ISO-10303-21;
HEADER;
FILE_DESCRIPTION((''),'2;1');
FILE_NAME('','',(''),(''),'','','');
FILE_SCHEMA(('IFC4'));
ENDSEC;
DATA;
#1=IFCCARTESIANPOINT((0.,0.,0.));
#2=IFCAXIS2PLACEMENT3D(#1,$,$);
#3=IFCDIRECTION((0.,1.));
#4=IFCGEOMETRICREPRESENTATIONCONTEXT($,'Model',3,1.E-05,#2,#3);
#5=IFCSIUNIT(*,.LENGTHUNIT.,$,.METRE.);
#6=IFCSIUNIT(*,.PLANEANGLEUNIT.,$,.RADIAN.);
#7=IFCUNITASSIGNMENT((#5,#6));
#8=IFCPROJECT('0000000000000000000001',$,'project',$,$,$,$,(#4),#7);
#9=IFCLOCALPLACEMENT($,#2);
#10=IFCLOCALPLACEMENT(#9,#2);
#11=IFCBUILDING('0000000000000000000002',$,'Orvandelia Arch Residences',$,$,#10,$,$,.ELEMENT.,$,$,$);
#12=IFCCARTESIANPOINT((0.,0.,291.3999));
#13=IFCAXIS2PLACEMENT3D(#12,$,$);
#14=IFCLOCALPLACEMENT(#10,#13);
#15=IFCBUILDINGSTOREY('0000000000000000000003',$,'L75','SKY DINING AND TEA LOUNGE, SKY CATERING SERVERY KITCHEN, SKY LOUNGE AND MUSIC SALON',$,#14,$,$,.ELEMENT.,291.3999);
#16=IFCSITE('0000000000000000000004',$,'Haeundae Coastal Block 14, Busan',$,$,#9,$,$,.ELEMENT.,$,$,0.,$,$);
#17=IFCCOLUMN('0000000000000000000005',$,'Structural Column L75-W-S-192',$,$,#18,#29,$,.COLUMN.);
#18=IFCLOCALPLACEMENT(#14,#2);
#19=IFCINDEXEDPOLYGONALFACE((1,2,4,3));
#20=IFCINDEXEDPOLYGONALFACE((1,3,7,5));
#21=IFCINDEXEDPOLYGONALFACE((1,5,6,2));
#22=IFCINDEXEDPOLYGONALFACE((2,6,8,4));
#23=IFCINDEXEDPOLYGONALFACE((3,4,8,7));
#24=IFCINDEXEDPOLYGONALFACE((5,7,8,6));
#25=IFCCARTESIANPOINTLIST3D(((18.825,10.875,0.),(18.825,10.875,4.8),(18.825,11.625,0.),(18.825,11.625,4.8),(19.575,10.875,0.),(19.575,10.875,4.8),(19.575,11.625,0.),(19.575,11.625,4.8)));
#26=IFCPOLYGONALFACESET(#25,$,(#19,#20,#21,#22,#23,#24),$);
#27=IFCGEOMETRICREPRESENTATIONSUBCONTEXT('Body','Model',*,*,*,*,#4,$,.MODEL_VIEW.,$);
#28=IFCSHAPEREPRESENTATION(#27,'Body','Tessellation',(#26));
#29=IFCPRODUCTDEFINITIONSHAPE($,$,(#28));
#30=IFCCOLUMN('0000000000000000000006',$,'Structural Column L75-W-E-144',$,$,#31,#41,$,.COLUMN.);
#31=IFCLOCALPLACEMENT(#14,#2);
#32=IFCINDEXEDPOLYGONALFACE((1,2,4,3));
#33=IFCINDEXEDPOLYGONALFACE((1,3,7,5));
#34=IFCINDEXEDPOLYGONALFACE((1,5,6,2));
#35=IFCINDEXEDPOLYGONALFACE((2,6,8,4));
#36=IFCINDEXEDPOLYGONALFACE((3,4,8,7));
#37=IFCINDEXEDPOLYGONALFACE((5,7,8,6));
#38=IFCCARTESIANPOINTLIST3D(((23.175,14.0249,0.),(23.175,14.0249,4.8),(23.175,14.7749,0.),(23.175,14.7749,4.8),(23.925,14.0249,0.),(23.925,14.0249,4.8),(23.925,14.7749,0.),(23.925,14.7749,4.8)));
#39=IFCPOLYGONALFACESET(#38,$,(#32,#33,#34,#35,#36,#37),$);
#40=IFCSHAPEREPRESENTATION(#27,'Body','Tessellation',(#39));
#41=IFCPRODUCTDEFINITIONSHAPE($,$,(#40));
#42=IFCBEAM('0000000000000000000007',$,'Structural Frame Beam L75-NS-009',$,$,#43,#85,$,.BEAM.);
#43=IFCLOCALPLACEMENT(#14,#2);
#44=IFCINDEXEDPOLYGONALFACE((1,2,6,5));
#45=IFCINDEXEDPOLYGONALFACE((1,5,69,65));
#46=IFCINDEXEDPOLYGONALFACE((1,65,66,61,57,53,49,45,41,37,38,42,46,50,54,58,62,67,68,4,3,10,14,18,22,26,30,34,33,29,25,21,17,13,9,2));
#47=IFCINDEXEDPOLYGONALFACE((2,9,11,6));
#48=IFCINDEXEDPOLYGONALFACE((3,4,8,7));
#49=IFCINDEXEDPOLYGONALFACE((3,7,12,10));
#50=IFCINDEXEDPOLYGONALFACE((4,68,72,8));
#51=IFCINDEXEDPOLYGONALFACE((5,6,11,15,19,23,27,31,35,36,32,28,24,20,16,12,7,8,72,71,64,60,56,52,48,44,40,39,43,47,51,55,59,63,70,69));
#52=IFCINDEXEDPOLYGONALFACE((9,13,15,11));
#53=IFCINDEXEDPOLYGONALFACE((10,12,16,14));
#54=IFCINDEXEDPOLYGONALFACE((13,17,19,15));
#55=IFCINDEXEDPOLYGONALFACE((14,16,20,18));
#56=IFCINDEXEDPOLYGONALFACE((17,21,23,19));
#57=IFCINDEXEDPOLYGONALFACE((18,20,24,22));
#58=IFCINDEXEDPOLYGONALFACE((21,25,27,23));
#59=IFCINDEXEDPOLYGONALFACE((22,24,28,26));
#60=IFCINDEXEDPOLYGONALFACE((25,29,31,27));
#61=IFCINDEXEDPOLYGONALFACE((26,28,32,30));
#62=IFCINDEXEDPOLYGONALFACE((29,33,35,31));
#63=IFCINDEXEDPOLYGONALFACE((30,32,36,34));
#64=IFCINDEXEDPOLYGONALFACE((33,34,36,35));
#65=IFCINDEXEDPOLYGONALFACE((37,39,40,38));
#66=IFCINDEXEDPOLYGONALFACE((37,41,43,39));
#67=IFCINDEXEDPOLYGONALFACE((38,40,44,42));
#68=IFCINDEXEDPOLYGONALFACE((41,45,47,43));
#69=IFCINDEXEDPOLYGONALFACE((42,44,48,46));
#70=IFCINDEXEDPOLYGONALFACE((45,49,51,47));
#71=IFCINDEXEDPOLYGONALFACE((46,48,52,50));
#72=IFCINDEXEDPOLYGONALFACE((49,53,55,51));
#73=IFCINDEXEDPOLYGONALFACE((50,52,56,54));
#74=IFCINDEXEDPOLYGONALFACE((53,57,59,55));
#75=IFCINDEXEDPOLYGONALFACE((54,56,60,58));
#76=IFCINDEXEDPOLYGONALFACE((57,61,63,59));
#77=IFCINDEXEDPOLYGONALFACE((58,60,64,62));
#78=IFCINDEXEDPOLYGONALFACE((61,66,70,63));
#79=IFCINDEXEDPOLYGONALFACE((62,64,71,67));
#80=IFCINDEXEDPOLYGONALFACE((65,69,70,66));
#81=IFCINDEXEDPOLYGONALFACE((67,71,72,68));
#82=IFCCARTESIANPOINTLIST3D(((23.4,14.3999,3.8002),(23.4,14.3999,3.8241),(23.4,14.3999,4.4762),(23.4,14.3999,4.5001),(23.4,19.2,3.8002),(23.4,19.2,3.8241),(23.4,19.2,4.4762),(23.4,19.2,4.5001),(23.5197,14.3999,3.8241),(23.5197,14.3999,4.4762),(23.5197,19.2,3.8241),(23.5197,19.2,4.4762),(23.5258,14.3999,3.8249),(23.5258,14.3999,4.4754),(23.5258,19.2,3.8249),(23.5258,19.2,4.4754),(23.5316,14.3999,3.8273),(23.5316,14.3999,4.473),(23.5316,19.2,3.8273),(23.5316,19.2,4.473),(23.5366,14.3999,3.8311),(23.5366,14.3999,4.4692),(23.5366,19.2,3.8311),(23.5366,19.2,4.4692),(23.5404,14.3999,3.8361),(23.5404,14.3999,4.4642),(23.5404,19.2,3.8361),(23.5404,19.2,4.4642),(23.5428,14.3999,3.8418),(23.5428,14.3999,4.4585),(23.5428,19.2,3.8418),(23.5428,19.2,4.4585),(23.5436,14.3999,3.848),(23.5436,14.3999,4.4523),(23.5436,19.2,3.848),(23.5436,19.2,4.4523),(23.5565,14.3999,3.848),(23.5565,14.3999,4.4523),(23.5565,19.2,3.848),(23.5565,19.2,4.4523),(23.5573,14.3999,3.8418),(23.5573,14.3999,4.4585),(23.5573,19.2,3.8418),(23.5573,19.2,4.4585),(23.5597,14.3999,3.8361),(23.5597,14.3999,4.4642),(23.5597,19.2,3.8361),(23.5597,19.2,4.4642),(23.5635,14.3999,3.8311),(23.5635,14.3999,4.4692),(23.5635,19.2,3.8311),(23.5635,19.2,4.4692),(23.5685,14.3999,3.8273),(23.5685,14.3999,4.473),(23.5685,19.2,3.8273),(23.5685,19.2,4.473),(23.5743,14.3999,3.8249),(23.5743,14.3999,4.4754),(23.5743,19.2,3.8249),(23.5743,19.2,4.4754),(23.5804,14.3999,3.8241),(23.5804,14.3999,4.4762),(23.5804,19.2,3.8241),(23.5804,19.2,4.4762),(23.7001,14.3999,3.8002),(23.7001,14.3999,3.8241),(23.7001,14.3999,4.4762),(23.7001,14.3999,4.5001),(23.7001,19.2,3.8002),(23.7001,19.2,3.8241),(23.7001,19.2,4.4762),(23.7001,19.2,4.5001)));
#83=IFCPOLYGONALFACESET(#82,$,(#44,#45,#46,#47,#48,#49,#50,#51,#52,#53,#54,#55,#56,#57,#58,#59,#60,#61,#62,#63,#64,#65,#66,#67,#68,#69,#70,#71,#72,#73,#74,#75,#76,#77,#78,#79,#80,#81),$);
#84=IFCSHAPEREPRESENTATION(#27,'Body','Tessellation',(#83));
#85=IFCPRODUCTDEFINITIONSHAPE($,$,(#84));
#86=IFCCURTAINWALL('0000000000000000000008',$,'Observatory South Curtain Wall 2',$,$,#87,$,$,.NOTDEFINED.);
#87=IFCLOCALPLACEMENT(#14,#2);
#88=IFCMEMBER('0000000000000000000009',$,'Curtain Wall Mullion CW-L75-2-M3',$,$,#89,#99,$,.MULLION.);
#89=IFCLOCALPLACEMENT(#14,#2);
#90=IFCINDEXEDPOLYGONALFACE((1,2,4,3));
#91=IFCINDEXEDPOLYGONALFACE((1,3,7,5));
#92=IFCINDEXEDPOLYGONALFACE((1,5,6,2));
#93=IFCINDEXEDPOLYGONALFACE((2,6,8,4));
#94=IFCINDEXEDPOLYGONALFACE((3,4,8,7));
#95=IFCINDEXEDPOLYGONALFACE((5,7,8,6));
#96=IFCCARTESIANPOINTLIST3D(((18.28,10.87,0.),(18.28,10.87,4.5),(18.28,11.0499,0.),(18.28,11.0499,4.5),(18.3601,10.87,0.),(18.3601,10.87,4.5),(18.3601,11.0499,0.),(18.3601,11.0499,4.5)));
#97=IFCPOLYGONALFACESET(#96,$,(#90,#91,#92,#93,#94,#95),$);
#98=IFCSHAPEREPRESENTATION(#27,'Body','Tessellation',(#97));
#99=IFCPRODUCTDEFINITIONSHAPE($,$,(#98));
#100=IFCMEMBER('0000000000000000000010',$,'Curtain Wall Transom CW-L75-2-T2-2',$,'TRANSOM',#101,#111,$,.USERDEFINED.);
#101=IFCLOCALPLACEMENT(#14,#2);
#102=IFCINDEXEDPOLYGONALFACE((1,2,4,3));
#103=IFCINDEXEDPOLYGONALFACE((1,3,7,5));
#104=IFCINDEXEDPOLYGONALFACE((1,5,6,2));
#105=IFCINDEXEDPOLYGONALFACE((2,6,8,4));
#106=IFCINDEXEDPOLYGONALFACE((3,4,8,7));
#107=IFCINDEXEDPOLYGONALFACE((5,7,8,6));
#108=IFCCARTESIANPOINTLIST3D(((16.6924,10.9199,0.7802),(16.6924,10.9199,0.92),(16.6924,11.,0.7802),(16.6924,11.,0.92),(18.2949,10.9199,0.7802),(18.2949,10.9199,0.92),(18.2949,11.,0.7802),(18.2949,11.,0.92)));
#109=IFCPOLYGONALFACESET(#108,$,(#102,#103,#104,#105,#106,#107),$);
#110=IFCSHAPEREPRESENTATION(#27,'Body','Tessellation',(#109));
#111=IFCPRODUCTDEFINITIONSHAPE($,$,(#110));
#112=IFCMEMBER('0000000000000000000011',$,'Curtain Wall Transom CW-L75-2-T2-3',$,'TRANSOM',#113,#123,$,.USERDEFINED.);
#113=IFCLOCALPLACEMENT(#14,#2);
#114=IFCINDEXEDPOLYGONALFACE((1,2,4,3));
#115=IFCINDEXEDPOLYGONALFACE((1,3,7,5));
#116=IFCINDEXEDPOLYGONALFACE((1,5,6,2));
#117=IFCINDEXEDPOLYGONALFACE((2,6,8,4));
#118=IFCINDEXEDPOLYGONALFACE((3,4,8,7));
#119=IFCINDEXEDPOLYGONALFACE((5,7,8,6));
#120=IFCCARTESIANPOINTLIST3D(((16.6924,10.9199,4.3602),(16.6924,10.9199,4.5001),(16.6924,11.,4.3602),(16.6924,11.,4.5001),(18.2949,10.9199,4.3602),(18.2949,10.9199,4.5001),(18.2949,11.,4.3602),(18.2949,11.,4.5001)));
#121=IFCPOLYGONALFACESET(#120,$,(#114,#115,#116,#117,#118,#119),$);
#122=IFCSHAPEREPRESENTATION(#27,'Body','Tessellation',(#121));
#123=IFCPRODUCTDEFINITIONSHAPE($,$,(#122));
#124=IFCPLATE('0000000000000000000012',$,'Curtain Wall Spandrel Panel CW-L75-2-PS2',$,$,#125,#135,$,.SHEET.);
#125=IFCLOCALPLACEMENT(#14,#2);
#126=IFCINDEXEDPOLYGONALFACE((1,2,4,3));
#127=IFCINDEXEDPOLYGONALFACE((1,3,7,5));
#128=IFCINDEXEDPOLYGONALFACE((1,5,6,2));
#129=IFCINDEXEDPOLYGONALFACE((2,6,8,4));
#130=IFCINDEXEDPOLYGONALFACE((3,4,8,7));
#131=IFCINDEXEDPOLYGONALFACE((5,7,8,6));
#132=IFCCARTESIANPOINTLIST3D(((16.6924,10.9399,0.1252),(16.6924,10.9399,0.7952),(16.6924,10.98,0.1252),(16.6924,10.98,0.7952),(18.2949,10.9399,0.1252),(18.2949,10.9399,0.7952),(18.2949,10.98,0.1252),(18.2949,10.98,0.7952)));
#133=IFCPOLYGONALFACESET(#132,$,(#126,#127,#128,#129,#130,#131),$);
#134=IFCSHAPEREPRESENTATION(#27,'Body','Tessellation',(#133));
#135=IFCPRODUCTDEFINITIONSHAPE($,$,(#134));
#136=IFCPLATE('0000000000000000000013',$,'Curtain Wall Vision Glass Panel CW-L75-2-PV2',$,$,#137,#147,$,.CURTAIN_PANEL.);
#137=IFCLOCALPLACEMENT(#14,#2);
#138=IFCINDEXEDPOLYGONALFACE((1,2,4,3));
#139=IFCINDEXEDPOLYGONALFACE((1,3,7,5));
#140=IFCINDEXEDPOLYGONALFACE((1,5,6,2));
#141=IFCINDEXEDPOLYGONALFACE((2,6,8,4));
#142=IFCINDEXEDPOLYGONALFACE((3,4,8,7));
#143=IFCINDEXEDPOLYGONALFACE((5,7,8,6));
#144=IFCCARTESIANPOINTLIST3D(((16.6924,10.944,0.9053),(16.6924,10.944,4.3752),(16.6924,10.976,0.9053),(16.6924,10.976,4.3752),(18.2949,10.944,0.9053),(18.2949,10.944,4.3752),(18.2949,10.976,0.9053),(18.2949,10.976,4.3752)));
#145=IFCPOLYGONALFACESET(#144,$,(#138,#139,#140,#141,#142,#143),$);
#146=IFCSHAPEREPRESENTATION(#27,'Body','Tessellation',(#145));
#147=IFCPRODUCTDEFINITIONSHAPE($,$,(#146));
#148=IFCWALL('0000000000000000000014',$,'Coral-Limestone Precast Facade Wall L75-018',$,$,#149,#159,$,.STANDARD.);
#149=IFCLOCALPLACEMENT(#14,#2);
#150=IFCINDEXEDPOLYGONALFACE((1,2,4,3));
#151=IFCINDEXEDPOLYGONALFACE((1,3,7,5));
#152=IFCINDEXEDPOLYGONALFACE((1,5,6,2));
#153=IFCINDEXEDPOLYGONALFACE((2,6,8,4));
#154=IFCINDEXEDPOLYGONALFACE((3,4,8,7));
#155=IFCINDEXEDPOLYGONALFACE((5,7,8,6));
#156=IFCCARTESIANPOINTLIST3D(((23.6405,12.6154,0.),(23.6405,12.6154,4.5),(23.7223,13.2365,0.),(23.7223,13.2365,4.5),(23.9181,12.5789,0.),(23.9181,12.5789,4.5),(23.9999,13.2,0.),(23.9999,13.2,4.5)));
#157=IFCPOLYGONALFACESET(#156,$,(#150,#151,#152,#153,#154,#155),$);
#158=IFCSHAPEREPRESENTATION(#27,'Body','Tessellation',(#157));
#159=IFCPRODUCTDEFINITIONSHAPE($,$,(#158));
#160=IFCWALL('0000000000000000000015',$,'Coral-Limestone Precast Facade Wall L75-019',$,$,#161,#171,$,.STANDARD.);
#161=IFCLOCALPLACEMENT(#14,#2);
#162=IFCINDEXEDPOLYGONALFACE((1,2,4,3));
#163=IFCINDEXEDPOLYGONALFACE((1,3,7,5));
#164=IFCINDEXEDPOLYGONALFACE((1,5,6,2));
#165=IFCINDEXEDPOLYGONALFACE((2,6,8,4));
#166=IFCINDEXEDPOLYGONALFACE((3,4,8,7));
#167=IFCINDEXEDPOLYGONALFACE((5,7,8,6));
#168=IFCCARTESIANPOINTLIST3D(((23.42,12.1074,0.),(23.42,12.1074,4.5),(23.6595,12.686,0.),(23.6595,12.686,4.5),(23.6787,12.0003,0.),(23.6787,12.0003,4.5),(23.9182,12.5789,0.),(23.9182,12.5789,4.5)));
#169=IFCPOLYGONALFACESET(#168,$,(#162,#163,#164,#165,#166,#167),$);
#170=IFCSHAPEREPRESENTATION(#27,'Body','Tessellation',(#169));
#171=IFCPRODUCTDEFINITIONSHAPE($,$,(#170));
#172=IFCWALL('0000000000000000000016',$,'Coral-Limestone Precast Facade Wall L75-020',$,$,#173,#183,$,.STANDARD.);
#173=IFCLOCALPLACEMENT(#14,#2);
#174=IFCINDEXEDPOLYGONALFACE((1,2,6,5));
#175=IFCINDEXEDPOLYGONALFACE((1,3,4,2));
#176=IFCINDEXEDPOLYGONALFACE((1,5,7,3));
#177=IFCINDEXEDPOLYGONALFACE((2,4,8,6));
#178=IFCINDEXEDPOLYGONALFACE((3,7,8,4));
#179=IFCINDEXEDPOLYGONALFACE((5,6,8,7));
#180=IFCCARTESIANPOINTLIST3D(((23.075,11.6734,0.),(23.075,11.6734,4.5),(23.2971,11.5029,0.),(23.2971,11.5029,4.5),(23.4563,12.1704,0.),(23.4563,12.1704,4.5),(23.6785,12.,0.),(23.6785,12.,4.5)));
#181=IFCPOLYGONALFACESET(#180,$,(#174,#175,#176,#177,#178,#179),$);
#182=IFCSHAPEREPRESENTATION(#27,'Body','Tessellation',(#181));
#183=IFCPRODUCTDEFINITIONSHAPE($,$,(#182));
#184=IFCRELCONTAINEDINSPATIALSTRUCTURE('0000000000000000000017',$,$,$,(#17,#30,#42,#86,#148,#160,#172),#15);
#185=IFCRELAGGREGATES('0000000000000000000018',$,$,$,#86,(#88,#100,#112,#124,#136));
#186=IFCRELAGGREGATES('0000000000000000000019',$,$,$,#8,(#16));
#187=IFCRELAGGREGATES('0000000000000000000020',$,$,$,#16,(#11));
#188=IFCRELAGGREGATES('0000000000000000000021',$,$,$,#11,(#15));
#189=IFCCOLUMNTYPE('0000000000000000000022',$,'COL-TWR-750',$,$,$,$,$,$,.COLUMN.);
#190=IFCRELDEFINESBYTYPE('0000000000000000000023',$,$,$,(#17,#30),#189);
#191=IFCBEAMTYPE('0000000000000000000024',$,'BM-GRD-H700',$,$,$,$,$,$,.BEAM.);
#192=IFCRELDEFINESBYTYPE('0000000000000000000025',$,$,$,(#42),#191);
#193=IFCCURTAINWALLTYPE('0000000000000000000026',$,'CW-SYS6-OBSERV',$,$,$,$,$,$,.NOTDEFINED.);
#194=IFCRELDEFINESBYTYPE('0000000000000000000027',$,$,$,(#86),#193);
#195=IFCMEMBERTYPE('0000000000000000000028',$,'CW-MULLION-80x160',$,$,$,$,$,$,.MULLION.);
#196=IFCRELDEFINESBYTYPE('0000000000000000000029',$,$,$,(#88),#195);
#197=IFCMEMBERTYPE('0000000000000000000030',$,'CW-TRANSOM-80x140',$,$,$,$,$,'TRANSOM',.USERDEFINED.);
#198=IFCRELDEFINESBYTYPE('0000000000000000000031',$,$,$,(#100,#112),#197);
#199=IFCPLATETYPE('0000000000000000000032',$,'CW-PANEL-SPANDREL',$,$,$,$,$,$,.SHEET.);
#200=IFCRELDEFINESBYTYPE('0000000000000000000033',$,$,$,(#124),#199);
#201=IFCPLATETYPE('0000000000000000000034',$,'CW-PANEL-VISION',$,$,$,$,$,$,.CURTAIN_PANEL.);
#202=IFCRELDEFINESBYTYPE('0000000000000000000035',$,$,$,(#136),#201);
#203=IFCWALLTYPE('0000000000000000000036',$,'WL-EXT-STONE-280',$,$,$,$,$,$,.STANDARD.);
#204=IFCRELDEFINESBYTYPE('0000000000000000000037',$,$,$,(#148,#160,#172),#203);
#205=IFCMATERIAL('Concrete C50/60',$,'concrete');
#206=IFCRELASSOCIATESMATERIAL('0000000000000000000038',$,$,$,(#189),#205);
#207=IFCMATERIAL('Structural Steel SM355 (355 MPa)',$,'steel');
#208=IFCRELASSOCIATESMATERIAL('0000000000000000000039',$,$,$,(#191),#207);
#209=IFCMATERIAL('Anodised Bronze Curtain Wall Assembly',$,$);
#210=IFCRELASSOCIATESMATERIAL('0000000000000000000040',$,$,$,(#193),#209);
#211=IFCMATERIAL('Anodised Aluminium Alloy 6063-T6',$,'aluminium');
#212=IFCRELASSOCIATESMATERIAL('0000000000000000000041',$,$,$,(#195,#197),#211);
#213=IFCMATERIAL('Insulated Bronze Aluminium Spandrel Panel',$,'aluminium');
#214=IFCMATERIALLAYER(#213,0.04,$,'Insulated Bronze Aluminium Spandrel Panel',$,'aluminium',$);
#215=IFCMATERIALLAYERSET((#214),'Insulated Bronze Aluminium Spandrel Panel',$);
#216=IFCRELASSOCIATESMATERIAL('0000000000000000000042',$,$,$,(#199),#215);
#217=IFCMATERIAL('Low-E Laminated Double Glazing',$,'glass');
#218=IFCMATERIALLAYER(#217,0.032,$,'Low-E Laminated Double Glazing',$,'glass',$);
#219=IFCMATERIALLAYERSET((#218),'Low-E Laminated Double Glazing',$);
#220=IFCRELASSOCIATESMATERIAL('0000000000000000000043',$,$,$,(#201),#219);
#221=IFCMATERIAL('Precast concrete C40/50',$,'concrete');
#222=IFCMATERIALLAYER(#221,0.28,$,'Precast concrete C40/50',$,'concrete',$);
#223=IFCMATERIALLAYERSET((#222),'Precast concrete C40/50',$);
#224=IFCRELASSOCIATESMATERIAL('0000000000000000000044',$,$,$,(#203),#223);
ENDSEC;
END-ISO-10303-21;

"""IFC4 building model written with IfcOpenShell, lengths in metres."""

from ifc_helpers import new_model, si_unit, direction, frame, frame_2d, origin, origin_2d, place, context, subcontext, project, spatial, rectangle, i_section, extrude, material, layer, layer_set, material_profile, profile_set, type_object, element, aggregate, save


model = new_model("IFC4")

# Units and contexts
model_context = context("Model", 3, precision=1e-05, world=origin(), true_north=direction((0.0, 1.0)))
body_context = subcontext(model_context, "Body", "Model", "MODEL_VIEW")
ifc_project = project(units=[si_unit("LENGTHUNIT", "METRE"), si_unit("PLANEANGLEUNIT", "RADIAN")], contexts=[model_context])

# Site, building, storey
site_placement = place(None, origin())
site = spatial("IfcSite", under=ifc_project, at=site_placement, Name="Haeundae Coastal Block 14, Busan", CompositionType="ELEMENT", RefElevation=0.0)
building_placement = place(site_placement, origin())
building = spatial("IfcBuilding", under=site, at=building_placement, Name="Orvandelia Arch Residences", CompositionType="ELEMENT")
storey_placement = place(building_placement, frame((0.0, 0.0, 291.3999)))
storey = spatial("IfcBuildingStorey", under=building, at=storey_placement, Name="L75", Description="SKY DINING AND TEA LOUNGE, SKY CATERING SERVERY KITCHEN, SKY LOUNGE AND MUSIC SALON", CompositionType="ELEMENT", Elevation=291.3999)

# Columns
ifc_material_1 = material(Name="Concrete C50/60", Category="concrete")
ifc_material_profile_1 = material_profile(ifc_material_1, rectangle(XDim=0.75, YDim=0.75, at=origin_2d()), Name="Concrete C50/60", Category="concrete")
ifc_profile_set_1 = profile_set([ifc_material_profile_1], Name="Concrete C50/60")
column_type = type_object("IfcColumnType", Name="COL-TWR-750", PredefinedType="COLUMN", material=ifc_profile_set_1)
for number, where, z_axis, x_axis, name in (
    (1, (19.2, 11.25, 0.0), (0.0, 0.0, 1.0), (1.0, 0.0, 0.0), "Structural Column L75-W-S-192"),
    (2, (23.55, 14.3999, 0.0), (0.0, 0.0, 1.0), (1.0, 0.0, 0.0), "Structural Column L75-W-E-144"),
):
    element("IfcColumn", number, at=place(storey_placement, frame(where, z_axis=z_axis, x_axis=x_axis)), inside=storey, type_object=column_type, Name=name, PredefinedType="COLUMN", context=body_context, shape_type="SweptSolid", body=[
        extrude(rectangle(XDim=0.75, YDim=0.75, at=origin_2d()), origin(), (0.0, 0.0, 1.0), 4.8),
    ])

# Beam
ifc_material_2 = material(Name="Structural Steel SM355 (355 MPa)", Category="steel")
ifc_material_profile_2 = material_profile(ifc_material_2, i_section(OverallWidth=0.3, OverallDepth=0.7, WebThickness=0.0129, FlangeThickness=0.0239, FilletRadius=0.0239, at=origin_2d()), Name="Structural Steel SM355 (355 MPa)", Category="steel")
ifc_profile_set_2 = profile_set([ifc_material_profile_2], Name="Structural Steel SM355 (355 MPa)")
beam_type = type_object("IfcBeamType", Name="BM-GRD-H700", PredefinedType="BEAM", material=ifc_profile_set_2)
beam_placement = place(storey_placement, frame((23.55, 14.3999, 4.1501), z_axis=(0.0, 1.0, 0.0), x_axis=(-1.0, 0.0, 0.0)))
element("IfcBeam", 3, at=beam_placement, inside=storey, type_object=beam_type, Name="Structural Frame Beam L75-NS-009", PredefinedType="BEAM", context=body_context, shape_type="SweptSolid", body=[
    extrude(i_section(OverallWidth=0.3, OverallDepth=0.7, WebThickness=0.0129, FlangeThickness=0.0239, FilletRadius=0.0239, at=origin_2d()), origin(), (0.0, 0.0, 1.0), 4.8),
])

# Curtain wall, members, plates
ifc_material_3 = material(Name="Anodised Bronze Curtain Wall Assembly")
curtain_wall_type = type_object("IfcCurtainWallType", Name="CW-SYS6-OBSERV", PredefinedType="NOTDEFINED", material=ifc_material_3)
curtain_wall_placement = place(storey_placement, origin())
curtain_wall = element("IfcCurtainWall", 4, at=curtain_wall_placement, inside=storey, type_object=curtain_wall_type, Name="Observatory South Curtain Wall 2", PredefinedType="NOTDEFINED")
ifc_material_4 = material(Name="Anodised Aluminium Alloy 6063-T6", Category="aluminium")
ifc_material_profile_3 = material_profile(ifc_material_4, rectangle(XDim=0.0801, YDim=0.1799, at=origin_2d()), Name="Anodised Aluminium Alloy 6063-T6", Category="aluminium")
ifc_profile_set_3 = profile_set([ifc_material_profile_3], Name="Anodised Aluminium Alloy 6063-T6")
member_type_1 = type_object("IfcMemberType", Name="CW-MULLION-80x160", PredefinedType="MULLION", material=ifc_profile_set_3)
member_1_placement = place(storey_placement, frame((18.3201, 10.96, 0.0), z_axis=(0.0, 0.0, 1.0), x_axis=(1.0, 0.0, 0.0)))
member_1 = element("IfcMember", 5, at=member_1_placement, type_object=member_type_1, Name="Curtain Wall Mullion CW-L75-2-M3", PredefinedType="MULLION", context=body_context, shape_type="SweptSolid", body=[
    extrude(rectangle(XDim=0.0801, YDim=0.1799, at=origin_2d()), origin(), (0.0, 0.0, 1.0), 4.5),
])
ifc_material_profile_4 = material_profile(ifc_material_4, rectangle(XDim=0.0801, YDim=0.1399, at=origin_2d()), Name="Anodised Aluminium Alloy 6063-T6", Category="aluminium")
ifc_profile_set_4 = profile_set([ifc_material_profile_4], Name="Anodised Aluminium Alloy 6063-T6")
member_type_2 = type_object("IfcMemberType", Name="CW-TRANSOM-80x140", ElementType="TRANSOM", PredefinedType="USERDEFINED", material=ifc_profile_set_4)
member_2_placement = place(storey_placement, frame((16.6924, 10.96, 0.8501), z_axis=(1.0, 0.0, 0.0), x_axis=(0.0, 1.0, 0.0)))
member_2 = element("IfcMember", 6, at=member_2_placement, type_object=member_type_2, Name="Curtain Wall Transom CW-L75-2-T2-2", ObjectType="TRANSOM", PredefinedType="USERDEFINED", context=body_context, shape_type="SweptSolid", body=[
    extrude(rectangle(XDim=0.0801, YDim=0.1399, at=origin_2d()), origin(), (0.0, 0.0, 1.0), 1.6025),
])
member_3_placement = place(storey_placement, frame((16.6924, 10.96, 4.4302), z_axis=(1.0, 0.0, 0.0), x_axis=(0.0, 1.0, 0.0)))
member_3 = element("IfcMember", 7, at=member_3_placement, type_object=member_type_2, Name="Curtain Wall Transom CW-L75-2-T2-3", ObjectType="TRANSOM", PredefinedType="USERDEFINED", context=body_context, shape_type="SweptSolid", body=[
    extrude(rectangle(XDim=0.0801, YDim=0.1399, at=origin_2d()), origin(), (0.0, 0.0, 1.0), 1.6025),
])
ifc_material_5 = material(Name="Insulated Bronze Aluminium Spandrel Panel", Category="aluminium")
ifc_layer_1 = layer(ifc_material_5, 0.04, Name="Insulated Bronze Aluminium Spandrel Panel", Category="aluminium")
ifc_layer_set_1 = layer_set([ifc_layer_1], Name="Insulated Bronze Aluminium Spandrel Panel")
plate_type_1 = type_object("IfcPlateType", Name="CW-PANEL-SPANDREL", PredefinedType="SHEET", material=ifc_layer_set_1)
plate_1_placement = place(storey_placement, frame((17.4937, 10.96, 0.1252), z_axis=(0.0, 0.0, 1.0), x_axis=(1.0, 0.0, 0.0)))
plate_1 = element("IfcPlate", 8, at=plate_1_placement, type_object=plate_type_1, Name="Curtain Wall Spandrel Panel CW-L75-2-PS2", PredefinedType="SHEET", context=body_context, shape_type="SweptSolid", body=[
    extrude(rectangle(XDim=1.6025, YDim=0.04, at=origin_2d()), origin(), (0.0, 0.0, 1.0), 0.6699),
])
ifc_material_6 = material(Name="Low-E Laminated Double Glazing", Category="glass")
ifc_layer_2 = layer(ifc_material_6, 0.032, Name="Low-E Laminated Double Glazing", Category="glass")
ifc_layer_set_2 = layer_set([ifc_layer_2], Name="Low-E Laminated Double Glazing")
plate_type_2 = type_object("IfcPlateType", Name="CW-PANEL-VISION", PredefinedType="CURTAIN_PANEL", material=ifc_layer_set_2)
plate_2_placement = place(storey_placement, frame((17.4937, 10.96, 0.9053), z_axis=(0.0, 0.0, 1.0), x_axis=(1.0, 0.0, 0.0)))
plate_2 = element("IfcPlate", 9, at=plate_2_placement, type_object=plate_type_2, Name="Curtain Wall Vision Glass Panel CW-L75-2-PV2", PredefinedType="CURTAIN_PANEL", context=body_context, shape_type="SweptSolid", body=[
    extrude(rectangle(XDim=1.6025, YDim=0.032, at=origin_2d()), origin(), (0.0, 0.0, 1.0), 3.47),
])
aggregate(curtain_wall, [member_1, member_2, member_3, plate_1, plate_2])

# Walls
ifc_material_7 = material(Name="Precast concrete C40/50", Category="concrete")
ifc_layer_3 = layer(ifc_material_7, 0.28, Name="Precast concrete C40/50", Category="concrete")
ifc_layer_set_3 = layer_set([ifc_layer_3], Name="Precast concrete C40/50")
wall_type_1 = type_object("IfcWallType", Name="WL-EXT-STONE-280", PredefinedType="STANDARD", material=ifc_layer_set_3)
wall_1_placement = place(storey_placement, frame((23.8611, 13.2183, 0.0), z_axis=(0.0, 0.0, 1.0), x_axis=(-0.130555, -0.991441, 0.0)))
element("IfcWall", 10, at=wall_1_placement, inside=storey, type_object=wall_type_1, Name="Coral-Limestone Precast Facade Wall L75-018", PredefinedType="STANDARD", context=body_context, shape_type="SweptSolid", body=[
    extrude(rectangle(XDim=0.6265, YDim=0.28, at=frame_2d((0.3132, 0.0))), origin(), (0.0, 0.0, 1.0), 4.5),
])
wall_2_placement = place(storey_placement, frame((23.7888, 12.6323, 0.0), z_axis=(0.0, 0.0, 1.0), x_axis=(-0.382455, -0.923974, 0.0)))
element("IfcWall", 11, at=wall_2_placement, inside=storey, type_object=wall_type_1, Name="Coral-Limestone Precast Facade Wall L75-019", PredefinedType="STANDARD", context=body_context, shape_type="SweptSolid", body=[
    extrude(rectangle(XDim=0.6262, YDim=0.28, at=frame_2d((0.313, 0.0))), origin(), (0.0, 0.0, 1.0), 4.5),
])
for number, where, z_axis, x_axis, name in (
    (12, (23.5674, 12.0852, 0.0), (0.0, 0.0, 1.0), (-0.608693, -0.793406, 0.0), "Coral-Limestone Precast Facade Wall L75-020"),
):
    element("IfcWall", number, at=place(storey_placement, frame(where, z_axis=z_axis, x_axis=x_axis)), inside=storey, type_object=wall_type_1, Name=name, PredefinedType="STANDARD", context=body_context, shape_type="SweptSolid", body=[
        extrude(rectangle(XDim=0.6265, YDim=0.28, at=frame_2d((0.3132, 0.0))), origin(), (0.0, 0.0, 1.0), 4.5),
    ])

save(model, "model.ifc")
